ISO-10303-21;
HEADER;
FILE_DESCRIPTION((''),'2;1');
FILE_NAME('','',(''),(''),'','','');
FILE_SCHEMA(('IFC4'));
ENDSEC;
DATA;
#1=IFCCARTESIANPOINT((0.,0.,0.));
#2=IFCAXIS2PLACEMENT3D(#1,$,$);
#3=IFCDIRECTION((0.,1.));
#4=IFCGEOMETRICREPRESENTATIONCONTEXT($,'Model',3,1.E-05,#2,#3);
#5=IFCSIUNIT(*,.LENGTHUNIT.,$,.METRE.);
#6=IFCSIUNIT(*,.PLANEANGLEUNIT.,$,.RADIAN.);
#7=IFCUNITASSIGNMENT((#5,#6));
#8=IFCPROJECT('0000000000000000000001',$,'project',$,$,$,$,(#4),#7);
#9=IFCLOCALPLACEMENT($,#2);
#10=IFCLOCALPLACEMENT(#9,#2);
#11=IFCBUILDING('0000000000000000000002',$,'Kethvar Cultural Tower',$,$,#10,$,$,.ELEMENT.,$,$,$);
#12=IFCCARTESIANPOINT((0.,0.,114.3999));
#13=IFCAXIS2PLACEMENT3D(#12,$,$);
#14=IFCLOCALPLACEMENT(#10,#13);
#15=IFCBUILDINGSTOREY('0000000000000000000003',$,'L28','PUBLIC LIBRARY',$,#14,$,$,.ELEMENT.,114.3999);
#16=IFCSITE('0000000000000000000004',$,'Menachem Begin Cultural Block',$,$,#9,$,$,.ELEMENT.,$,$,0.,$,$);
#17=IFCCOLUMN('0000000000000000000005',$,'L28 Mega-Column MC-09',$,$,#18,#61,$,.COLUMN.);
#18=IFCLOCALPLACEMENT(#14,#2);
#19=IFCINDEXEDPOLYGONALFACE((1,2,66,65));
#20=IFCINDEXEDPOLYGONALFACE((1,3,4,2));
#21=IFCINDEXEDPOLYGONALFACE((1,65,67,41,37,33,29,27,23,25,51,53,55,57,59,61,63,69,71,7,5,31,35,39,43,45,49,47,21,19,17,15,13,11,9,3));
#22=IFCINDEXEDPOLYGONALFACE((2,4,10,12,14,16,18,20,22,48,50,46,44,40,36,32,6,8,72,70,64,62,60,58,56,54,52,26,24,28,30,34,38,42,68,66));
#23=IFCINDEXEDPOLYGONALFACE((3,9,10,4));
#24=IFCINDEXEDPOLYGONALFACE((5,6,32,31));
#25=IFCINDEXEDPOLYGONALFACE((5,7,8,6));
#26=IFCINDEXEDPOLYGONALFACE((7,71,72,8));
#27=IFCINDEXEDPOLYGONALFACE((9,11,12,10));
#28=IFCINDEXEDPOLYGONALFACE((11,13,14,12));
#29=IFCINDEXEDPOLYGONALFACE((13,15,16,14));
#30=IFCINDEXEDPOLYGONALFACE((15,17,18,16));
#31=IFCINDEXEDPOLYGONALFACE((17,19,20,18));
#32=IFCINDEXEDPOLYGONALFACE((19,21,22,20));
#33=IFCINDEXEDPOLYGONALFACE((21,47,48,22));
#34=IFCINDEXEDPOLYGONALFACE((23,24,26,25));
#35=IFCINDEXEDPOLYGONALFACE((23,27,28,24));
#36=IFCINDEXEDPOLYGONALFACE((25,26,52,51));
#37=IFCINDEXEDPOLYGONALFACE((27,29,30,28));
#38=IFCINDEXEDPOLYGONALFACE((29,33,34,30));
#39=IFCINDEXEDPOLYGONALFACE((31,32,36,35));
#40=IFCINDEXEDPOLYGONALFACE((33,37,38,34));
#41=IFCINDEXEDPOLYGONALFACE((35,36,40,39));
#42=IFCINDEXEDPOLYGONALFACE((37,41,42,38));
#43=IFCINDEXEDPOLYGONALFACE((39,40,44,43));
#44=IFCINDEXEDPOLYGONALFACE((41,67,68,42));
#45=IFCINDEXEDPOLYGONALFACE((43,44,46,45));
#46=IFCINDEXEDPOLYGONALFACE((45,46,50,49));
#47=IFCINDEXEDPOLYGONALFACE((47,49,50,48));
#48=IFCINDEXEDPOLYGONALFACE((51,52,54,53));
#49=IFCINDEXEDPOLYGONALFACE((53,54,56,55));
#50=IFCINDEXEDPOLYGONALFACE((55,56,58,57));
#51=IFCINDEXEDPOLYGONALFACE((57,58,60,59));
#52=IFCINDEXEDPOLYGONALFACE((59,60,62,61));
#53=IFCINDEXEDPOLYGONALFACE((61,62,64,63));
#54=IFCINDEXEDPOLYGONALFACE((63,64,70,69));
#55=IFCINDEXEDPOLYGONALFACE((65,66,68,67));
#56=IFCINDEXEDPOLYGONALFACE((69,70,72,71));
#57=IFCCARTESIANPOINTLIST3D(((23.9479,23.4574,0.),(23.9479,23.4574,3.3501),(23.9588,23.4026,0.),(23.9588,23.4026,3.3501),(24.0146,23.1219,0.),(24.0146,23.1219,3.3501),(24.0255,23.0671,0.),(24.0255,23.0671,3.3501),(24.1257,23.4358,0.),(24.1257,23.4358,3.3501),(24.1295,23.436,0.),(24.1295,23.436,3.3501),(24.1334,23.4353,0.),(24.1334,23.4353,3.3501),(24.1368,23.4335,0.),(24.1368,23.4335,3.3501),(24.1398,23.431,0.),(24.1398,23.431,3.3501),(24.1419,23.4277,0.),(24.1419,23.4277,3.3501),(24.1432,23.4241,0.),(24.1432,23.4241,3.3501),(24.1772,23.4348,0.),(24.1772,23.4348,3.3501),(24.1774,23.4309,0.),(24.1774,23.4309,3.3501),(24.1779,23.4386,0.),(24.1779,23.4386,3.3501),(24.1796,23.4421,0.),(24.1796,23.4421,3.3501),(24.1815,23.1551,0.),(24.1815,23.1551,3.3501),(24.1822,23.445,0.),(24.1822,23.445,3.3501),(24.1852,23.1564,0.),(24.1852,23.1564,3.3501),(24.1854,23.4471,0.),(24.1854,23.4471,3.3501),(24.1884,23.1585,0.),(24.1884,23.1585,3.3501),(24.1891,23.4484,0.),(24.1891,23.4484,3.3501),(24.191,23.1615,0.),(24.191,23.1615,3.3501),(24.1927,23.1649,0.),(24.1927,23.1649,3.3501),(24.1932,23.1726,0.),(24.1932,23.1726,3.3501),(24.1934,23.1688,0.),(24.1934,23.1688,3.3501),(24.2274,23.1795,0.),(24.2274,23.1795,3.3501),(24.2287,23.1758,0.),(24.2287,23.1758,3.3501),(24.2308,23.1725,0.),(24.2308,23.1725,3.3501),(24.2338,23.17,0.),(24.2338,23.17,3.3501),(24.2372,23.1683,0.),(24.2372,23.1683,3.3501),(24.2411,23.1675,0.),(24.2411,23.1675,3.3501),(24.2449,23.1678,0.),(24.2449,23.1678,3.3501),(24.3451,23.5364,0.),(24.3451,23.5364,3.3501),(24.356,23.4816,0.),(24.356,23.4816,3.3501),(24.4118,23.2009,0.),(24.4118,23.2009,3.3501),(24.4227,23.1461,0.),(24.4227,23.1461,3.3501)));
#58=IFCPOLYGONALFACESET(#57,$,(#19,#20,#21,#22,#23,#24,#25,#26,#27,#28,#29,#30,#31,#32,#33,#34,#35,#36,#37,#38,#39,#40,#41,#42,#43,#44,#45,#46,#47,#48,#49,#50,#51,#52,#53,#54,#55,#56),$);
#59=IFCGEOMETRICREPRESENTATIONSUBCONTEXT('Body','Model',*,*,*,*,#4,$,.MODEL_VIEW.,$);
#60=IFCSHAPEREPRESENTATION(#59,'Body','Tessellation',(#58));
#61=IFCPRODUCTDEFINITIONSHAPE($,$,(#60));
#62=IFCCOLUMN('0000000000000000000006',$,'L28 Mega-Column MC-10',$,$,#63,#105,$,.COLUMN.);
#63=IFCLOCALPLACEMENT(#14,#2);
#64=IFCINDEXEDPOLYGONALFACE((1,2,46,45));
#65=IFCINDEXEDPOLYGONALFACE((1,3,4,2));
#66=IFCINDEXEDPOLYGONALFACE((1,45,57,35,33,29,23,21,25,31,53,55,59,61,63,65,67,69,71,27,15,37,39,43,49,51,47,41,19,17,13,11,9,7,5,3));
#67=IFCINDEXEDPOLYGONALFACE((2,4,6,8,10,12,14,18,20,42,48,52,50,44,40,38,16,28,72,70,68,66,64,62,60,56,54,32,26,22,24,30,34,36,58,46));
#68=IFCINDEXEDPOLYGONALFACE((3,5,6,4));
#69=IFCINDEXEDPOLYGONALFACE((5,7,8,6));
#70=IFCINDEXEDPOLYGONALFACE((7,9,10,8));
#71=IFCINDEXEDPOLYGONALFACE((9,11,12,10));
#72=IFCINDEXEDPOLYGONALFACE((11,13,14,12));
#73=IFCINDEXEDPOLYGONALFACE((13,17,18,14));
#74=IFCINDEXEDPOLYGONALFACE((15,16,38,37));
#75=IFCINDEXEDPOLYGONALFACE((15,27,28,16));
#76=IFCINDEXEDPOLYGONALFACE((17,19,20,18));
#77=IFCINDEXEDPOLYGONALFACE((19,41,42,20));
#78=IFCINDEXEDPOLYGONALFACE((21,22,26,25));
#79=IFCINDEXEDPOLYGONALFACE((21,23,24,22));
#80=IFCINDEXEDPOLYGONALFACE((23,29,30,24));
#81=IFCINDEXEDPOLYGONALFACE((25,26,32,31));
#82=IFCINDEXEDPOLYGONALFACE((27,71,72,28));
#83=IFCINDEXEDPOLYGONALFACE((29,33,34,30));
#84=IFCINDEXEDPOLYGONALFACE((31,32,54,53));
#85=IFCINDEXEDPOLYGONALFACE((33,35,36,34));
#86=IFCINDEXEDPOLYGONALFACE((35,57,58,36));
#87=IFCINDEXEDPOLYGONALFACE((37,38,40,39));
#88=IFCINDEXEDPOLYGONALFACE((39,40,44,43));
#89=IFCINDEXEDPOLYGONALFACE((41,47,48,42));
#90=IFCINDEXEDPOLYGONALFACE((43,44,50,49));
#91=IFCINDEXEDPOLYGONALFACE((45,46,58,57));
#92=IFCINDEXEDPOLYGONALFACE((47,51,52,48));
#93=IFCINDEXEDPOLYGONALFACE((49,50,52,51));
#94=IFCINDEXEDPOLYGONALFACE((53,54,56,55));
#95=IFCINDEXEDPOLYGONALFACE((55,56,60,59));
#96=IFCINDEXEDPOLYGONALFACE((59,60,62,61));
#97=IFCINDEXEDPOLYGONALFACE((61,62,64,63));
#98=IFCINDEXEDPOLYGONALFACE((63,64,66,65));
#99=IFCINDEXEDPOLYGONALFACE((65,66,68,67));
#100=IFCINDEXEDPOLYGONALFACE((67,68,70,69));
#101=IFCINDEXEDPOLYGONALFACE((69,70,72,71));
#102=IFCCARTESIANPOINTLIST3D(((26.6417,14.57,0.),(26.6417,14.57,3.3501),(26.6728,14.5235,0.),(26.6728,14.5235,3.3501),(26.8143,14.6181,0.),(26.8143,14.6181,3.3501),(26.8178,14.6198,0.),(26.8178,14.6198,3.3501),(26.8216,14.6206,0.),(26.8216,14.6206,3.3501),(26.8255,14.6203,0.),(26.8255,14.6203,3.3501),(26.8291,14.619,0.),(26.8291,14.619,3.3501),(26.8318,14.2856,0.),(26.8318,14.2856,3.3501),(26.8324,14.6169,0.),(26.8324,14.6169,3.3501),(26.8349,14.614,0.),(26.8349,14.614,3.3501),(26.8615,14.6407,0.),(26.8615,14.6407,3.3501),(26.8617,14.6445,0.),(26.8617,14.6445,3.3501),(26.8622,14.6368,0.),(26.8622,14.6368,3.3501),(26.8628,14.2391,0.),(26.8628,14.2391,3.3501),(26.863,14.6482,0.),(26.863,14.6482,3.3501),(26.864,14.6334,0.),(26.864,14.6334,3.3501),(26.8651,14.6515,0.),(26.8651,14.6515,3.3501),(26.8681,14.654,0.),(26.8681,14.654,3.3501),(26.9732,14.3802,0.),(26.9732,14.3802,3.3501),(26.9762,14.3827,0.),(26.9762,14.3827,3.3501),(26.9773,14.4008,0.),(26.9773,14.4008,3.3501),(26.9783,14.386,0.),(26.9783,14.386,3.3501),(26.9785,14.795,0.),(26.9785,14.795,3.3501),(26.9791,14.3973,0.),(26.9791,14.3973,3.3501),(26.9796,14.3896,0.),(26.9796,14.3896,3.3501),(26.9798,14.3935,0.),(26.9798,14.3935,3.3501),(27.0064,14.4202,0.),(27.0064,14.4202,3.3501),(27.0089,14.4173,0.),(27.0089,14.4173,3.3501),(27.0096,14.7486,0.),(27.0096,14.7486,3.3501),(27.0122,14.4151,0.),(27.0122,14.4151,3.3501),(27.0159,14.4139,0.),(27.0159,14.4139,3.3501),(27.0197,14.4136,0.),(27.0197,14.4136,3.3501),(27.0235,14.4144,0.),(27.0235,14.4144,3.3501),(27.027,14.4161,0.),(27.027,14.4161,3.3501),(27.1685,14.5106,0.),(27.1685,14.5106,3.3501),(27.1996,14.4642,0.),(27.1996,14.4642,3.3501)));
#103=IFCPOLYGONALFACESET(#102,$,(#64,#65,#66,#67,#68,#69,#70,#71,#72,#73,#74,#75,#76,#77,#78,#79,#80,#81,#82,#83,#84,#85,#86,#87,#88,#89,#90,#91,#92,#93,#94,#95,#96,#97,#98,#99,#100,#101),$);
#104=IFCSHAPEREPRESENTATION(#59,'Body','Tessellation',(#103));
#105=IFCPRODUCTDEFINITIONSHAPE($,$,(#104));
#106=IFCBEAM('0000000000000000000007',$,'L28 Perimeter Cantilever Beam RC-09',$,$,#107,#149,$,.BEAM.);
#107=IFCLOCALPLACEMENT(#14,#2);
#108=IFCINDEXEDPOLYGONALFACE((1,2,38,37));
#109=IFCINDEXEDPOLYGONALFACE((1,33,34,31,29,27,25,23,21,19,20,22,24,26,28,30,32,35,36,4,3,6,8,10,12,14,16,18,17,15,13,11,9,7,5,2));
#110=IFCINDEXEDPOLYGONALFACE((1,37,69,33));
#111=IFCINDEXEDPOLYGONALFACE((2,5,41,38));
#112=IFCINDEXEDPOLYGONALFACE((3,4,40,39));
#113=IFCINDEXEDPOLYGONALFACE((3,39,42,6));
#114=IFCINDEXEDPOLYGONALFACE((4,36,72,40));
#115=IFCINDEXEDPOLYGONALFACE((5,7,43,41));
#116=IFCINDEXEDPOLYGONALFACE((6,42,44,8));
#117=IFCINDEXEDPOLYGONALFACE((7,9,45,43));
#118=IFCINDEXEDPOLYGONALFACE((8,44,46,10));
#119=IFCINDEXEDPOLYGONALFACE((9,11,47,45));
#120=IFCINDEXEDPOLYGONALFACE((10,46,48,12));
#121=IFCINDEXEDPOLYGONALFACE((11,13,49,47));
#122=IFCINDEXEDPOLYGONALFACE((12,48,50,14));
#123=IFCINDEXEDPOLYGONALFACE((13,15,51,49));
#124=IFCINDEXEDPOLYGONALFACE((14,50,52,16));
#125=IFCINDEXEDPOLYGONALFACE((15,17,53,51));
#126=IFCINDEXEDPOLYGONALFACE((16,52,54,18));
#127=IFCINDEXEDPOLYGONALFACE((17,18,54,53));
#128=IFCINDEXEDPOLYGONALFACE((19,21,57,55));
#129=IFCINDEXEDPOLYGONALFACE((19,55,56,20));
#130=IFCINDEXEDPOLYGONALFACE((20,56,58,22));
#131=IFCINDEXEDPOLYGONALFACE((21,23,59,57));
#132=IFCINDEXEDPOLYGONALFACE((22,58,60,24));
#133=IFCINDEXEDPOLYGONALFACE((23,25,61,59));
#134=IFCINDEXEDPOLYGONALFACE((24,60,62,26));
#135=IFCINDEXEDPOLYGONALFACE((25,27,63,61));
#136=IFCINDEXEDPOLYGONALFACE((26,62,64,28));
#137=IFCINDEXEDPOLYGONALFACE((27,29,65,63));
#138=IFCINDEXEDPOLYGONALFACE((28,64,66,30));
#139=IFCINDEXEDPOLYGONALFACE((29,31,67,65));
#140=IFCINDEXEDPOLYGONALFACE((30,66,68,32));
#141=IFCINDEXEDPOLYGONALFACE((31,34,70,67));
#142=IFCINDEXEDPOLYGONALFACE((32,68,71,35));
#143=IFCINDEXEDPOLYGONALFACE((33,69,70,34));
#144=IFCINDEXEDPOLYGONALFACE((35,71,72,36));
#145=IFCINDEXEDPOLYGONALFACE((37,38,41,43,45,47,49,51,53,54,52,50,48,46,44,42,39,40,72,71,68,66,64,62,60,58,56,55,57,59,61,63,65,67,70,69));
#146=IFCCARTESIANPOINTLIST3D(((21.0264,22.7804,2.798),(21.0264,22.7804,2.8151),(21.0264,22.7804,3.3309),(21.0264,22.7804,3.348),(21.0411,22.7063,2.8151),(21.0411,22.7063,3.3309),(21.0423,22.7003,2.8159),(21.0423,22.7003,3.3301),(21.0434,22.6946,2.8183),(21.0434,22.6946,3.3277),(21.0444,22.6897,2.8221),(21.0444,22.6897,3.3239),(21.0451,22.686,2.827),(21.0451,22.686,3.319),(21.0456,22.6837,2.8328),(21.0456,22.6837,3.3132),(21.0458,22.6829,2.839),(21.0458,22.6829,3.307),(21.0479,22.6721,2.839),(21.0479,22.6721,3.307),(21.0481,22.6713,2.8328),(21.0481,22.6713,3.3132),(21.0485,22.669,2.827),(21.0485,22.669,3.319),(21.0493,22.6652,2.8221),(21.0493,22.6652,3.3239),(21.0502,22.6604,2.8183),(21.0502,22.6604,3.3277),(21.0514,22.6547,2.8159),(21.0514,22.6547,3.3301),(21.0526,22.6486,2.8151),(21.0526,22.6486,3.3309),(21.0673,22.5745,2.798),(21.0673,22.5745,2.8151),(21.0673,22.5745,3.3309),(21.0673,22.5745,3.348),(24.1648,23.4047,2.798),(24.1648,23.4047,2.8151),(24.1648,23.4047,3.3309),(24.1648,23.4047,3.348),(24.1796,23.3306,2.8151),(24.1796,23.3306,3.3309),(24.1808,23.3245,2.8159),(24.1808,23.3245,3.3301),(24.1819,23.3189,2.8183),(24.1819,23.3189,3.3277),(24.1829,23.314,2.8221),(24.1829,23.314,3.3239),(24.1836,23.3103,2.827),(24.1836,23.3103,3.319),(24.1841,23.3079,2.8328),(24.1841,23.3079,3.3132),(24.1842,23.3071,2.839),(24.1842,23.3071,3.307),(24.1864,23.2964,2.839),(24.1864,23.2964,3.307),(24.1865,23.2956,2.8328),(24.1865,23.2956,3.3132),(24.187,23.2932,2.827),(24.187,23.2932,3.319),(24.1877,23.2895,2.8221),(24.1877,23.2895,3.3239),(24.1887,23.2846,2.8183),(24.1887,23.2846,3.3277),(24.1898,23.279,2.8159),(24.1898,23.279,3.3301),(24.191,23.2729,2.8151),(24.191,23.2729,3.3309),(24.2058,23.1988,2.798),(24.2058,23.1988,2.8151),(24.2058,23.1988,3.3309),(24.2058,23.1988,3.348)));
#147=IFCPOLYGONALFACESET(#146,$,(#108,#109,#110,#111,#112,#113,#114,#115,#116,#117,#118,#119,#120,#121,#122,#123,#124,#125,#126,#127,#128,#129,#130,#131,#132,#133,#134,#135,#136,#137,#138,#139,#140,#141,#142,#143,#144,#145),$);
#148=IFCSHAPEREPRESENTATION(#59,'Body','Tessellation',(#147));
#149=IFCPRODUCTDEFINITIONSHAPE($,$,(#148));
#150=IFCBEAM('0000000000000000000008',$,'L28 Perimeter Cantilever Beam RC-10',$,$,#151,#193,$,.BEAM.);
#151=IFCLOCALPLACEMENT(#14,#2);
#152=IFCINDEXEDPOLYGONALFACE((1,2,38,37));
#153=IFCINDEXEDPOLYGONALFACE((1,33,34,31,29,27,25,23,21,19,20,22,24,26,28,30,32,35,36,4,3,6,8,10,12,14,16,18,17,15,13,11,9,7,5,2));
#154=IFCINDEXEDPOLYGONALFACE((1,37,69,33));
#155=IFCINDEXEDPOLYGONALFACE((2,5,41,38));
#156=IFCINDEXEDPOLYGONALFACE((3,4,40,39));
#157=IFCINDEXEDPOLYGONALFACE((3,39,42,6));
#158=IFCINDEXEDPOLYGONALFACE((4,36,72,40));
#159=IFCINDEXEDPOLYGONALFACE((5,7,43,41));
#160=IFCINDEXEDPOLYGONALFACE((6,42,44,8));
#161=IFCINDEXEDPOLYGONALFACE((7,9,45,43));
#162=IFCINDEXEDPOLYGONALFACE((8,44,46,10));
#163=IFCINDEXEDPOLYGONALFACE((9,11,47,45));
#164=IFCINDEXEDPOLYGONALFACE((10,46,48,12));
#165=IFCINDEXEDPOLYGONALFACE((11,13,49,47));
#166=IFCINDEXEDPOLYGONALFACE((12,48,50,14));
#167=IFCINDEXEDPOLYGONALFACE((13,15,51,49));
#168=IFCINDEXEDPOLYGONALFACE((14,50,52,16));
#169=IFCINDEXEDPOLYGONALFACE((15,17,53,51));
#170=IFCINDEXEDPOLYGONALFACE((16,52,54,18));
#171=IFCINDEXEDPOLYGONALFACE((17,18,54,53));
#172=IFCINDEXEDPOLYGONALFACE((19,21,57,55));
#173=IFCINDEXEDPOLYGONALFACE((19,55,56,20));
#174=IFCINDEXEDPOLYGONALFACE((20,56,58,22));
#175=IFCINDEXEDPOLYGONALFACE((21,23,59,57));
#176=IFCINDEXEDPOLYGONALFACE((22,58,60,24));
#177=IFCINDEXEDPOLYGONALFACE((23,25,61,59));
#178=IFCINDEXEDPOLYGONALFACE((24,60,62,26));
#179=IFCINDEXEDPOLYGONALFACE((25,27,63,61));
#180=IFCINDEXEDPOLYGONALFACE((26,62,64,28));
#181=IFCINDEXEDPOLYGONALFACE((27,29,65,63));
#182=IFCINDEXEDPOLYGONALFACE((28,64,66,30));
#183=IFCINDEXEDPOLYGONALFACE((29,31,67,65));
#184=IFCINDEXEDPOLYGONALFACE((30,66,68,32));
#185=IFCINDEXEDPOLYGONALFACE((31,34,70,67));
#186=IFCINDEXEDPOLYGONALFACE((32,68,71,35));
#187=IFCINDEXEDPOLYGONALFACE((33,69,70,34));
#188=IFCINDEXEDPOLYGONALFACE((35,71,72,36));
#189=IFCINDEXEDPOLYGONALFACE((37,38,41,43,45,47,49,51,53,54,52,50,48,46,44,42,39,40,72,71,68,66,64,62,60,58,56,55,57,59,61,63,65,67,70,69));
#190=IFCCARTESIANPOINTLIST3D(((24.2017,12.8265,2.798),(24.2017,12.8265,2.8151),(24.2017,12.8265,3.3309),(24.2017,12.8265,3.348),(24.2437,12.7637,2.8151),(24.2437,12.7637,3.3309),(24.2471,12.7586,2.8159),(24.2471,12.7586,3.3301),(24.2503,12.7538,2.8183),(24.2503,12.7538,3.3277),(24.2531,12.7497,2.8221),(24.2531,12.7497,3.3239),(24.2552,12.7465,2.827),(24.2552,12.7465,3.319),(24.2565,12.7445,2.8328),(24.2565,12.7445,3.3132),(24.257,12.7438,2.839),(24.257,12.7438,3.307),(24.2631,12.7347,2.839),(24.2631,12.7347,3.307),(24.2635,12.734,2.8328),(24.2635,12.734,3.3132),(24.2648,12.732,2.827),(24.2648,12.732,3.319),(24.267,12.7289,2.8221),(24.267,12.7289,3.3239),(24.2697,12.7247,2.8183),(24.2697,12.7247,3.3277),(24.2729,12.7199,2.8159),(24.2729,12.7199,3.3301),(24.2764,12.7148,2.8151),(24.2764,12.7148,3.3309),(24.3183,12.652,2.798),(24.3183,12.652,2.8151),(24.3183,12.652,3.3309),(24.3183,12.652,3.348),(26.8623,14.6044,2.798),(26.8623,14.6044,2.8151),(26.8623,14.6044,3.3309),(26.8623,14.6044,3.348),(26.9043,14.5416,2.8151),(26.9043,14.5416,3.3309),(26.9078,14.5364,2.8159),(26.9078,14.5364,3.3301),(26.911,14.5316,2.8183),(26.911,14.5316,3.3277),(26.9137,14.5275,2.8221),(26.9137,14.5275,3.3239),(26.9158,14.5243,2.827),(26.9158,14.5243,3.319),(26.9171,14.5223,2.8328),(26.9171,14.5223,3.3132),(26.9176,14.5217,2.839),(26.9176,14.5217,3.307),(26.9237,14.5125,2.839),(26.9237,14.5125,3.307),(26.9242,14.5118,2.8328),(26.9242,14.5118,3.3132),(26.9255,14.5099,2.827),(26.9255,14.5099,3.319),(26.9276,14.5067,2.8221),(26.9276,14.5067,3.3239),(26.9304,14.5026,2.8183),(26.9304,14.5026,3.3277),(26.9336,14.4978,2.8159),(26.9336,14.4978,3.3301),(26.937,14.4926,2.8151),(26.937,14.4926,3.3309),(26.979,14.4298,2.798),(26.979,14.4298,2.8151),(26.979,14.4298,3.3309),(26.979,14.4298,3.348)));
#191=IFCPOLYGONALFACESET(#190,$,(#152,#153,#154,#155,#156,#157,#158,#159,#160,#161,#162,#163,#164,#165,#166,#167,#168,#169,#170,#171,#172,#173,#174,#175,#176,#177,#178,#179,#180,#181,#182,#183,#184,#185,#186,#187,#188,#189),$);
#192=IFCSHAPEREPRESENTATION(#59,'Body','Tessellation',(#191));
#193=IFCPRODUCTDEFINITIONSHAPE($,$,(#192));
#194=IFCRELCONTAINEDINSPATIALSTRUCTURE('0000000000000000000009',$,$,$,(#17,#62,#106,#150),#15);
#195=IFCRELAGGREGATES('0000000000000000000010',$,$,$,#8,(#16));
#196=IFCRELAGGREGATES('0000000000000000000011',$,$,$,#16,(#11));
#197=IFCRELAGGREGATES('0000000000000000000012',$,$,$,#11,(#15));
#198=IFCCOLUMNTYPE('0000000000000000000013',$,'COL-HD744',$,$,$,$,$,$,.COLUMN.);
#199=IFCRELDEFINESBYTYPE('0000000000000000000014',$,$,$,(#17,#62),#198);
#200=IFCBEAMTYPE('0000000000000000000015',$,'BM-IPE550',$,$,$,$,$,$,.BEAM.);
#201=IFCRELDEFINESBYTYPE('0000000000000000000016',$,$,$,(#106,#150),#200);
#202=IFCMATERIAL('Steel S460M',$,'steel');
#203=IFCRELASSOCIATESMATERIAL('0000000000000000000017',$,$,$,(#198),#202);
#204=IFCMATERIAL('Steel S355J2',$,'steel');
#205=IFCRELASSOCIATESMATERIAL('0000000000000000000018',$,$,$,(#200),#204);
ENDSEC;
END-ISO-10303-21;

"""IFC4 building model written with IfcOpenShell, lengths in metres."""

from ifc_helpers import new_model, si_unit, direction, frame, origin, origin_2d, place, context, subcontext, project, spatial, i_section, extrude, source, transform, mapped, material, material_profile, profile_set, type_object, element, save


model = new_model("IFC4")

# Units and contexts
model_context = context("Model", 3, precision=1e-05, world=origin(), true_north=direction((0.0, 1.0)))
body_context = subcontext(model_context, "Body", "Model", "MODEL_VIEW")
ifc_project = project(units=[si_unit("LENGTHUNIT", "METRE"), si_unit("PLANEANGLEUNIT", "RADIAN")], contexts=[model_context])

# Site, building, storey
site_placement = place(None, origin())
site = spatial("IfcSite", under=ifc_project, at=site_placement, Name="Menachem Begin Cultural Block", CompositionType="ELEMENT", RefElevation=0.0)
building_placement = place(site_placement, origin())
building = spatial("IfcBuilding", under=site, at=building_placement, Name="Kethvar Cultural Tower", CompositionType="ELEMENT")
storey_placement = place(building_placement, frame((0.0, 0.0, 114.3999)))
storey = spatial("IfcBuildingStorey", under=building, at=storey_placement, Name="L28", Description="PUBLIC LIBRARY", CompositionType="ELEMENT", Elevation=114.3999)

# Columns
ifc_material_1 = material(Name="Steel S460M", Category="steel")
ifc_material_profile_1 = material_profile(ifc_material_1, i_section(OverallWidth=0.405, OverallDepth=0.3979, WebThickness=0.0349, FlangeThickness=0.0559, FilletRadius=0.0149, at=origin_2d()), Name="Steel S460M — HD400x744")
ifc_profile_set_1 = profile_set([ifc_material_profile_1], Name="Steel S460M — HD400x744")
column_type = type_object("IfcColumnType", Name="COL-HD744", PredefinedType="COLUMN", material=ifc_profile_set_1)
shared_shape_1 = source(origin(), body_context, "Body", "SweptSolid", [
    extrude(i_section(OverallWidth=0.405, OverallDepth=0.3979, WebThickness=0.0349, FlangeThickness=0.0559, FilletRadius=0.0149, at=origin_2d()), origin(), (0.0, 0.0, 1.0), 3.3501),
])
for number, where, z_axis, x_axis, name in (
    (1, (24.1853, 23.3018, 0.0), (0.0, 0.0, 1.0), (-0.980785, -0.19509, 0.0), "L28 Mega-Column MC-09"),
    (2, (26.9207, 14.5171, 0.0), (0.0, 0.0, 1.0), (-0.83147, -0.55557, 0.0), "L28 Mega-Column MC-10"),
):
    element("IfcColumn", number, at=place(storey_placement, frame(where, z_axis=z_axis, x_axis=x_axis)), inside=storey, type_object=column_type, Name=name, PredefinedType="COLUMN", context=body_context, shape_type="MappedRepresentation", body=[
        mapped(shared_shape_1, transform((0.0, 0.0, 0.0), scale=1.0)),
    ])

# Beams
ifc_material_2 = material(Name="Steel S355J2", Category="steel")
ifc_material_profile_2 = material_profile(ifc_material_2, i_section(OverallWidth=0.21, OverallDepth=0.55, WebThickness=0.011, FlangeThickness=0.0171, FilletRadius=0.0239, at=origin_2d()), Name="Steel S355J2 — IPE550")
ifc_profile_set_2 = profile_set([ifc_material_profile_2], Name="Steel S355J2 — IPE550")
beam_type_1 = type_object("IfcBeamType", Name="BM-IPE550", PredefinedType="BEAM", material=ifc_profile_set_2)
shared_shape_2 = source(origin(), body_context, "Body", "SweptSolid", [
    extrude(i_section(OverallWidth=0.21, OverallDepth=0.55, WebThickness=0.011, FlangeThickness=0.0171, FilletRadius=0.0239, at=origin_2d()), origin(), (0.0, 0.0, 1.0), 3.2),
])
for number, where, z_axis, x_axis, name in (
    (3, (24.1853, 23.3018, 3.073), (-0.980786, -0.195089, 0.0), (0.195089, -0.980786, 0.0), "L28 Perimeter Cantilever Beam RC-09"),
    (4, (26.9207, 14.5171, 3.073), (-0.831463, -0.55558, 0.0), (0.55558, -0.831463, 0.0), "L28 Perimeter Cantilever Beam RC-10"),
):
    element("IfcBeam", number, at=place(storey_placement, frame(where, z_axis=z_axis, x_axis=x_axis)), inside=storey, type_object=beam_type_1, Name=name, PredefinedType="BEAM", context=body_context, shape_type="MappedRepresentation", body=[
        mapped(shared_shape_2, transform((0.0, 0.0, 0.0), scale=1.0)),
    ])

save(model, "model.ifc")
